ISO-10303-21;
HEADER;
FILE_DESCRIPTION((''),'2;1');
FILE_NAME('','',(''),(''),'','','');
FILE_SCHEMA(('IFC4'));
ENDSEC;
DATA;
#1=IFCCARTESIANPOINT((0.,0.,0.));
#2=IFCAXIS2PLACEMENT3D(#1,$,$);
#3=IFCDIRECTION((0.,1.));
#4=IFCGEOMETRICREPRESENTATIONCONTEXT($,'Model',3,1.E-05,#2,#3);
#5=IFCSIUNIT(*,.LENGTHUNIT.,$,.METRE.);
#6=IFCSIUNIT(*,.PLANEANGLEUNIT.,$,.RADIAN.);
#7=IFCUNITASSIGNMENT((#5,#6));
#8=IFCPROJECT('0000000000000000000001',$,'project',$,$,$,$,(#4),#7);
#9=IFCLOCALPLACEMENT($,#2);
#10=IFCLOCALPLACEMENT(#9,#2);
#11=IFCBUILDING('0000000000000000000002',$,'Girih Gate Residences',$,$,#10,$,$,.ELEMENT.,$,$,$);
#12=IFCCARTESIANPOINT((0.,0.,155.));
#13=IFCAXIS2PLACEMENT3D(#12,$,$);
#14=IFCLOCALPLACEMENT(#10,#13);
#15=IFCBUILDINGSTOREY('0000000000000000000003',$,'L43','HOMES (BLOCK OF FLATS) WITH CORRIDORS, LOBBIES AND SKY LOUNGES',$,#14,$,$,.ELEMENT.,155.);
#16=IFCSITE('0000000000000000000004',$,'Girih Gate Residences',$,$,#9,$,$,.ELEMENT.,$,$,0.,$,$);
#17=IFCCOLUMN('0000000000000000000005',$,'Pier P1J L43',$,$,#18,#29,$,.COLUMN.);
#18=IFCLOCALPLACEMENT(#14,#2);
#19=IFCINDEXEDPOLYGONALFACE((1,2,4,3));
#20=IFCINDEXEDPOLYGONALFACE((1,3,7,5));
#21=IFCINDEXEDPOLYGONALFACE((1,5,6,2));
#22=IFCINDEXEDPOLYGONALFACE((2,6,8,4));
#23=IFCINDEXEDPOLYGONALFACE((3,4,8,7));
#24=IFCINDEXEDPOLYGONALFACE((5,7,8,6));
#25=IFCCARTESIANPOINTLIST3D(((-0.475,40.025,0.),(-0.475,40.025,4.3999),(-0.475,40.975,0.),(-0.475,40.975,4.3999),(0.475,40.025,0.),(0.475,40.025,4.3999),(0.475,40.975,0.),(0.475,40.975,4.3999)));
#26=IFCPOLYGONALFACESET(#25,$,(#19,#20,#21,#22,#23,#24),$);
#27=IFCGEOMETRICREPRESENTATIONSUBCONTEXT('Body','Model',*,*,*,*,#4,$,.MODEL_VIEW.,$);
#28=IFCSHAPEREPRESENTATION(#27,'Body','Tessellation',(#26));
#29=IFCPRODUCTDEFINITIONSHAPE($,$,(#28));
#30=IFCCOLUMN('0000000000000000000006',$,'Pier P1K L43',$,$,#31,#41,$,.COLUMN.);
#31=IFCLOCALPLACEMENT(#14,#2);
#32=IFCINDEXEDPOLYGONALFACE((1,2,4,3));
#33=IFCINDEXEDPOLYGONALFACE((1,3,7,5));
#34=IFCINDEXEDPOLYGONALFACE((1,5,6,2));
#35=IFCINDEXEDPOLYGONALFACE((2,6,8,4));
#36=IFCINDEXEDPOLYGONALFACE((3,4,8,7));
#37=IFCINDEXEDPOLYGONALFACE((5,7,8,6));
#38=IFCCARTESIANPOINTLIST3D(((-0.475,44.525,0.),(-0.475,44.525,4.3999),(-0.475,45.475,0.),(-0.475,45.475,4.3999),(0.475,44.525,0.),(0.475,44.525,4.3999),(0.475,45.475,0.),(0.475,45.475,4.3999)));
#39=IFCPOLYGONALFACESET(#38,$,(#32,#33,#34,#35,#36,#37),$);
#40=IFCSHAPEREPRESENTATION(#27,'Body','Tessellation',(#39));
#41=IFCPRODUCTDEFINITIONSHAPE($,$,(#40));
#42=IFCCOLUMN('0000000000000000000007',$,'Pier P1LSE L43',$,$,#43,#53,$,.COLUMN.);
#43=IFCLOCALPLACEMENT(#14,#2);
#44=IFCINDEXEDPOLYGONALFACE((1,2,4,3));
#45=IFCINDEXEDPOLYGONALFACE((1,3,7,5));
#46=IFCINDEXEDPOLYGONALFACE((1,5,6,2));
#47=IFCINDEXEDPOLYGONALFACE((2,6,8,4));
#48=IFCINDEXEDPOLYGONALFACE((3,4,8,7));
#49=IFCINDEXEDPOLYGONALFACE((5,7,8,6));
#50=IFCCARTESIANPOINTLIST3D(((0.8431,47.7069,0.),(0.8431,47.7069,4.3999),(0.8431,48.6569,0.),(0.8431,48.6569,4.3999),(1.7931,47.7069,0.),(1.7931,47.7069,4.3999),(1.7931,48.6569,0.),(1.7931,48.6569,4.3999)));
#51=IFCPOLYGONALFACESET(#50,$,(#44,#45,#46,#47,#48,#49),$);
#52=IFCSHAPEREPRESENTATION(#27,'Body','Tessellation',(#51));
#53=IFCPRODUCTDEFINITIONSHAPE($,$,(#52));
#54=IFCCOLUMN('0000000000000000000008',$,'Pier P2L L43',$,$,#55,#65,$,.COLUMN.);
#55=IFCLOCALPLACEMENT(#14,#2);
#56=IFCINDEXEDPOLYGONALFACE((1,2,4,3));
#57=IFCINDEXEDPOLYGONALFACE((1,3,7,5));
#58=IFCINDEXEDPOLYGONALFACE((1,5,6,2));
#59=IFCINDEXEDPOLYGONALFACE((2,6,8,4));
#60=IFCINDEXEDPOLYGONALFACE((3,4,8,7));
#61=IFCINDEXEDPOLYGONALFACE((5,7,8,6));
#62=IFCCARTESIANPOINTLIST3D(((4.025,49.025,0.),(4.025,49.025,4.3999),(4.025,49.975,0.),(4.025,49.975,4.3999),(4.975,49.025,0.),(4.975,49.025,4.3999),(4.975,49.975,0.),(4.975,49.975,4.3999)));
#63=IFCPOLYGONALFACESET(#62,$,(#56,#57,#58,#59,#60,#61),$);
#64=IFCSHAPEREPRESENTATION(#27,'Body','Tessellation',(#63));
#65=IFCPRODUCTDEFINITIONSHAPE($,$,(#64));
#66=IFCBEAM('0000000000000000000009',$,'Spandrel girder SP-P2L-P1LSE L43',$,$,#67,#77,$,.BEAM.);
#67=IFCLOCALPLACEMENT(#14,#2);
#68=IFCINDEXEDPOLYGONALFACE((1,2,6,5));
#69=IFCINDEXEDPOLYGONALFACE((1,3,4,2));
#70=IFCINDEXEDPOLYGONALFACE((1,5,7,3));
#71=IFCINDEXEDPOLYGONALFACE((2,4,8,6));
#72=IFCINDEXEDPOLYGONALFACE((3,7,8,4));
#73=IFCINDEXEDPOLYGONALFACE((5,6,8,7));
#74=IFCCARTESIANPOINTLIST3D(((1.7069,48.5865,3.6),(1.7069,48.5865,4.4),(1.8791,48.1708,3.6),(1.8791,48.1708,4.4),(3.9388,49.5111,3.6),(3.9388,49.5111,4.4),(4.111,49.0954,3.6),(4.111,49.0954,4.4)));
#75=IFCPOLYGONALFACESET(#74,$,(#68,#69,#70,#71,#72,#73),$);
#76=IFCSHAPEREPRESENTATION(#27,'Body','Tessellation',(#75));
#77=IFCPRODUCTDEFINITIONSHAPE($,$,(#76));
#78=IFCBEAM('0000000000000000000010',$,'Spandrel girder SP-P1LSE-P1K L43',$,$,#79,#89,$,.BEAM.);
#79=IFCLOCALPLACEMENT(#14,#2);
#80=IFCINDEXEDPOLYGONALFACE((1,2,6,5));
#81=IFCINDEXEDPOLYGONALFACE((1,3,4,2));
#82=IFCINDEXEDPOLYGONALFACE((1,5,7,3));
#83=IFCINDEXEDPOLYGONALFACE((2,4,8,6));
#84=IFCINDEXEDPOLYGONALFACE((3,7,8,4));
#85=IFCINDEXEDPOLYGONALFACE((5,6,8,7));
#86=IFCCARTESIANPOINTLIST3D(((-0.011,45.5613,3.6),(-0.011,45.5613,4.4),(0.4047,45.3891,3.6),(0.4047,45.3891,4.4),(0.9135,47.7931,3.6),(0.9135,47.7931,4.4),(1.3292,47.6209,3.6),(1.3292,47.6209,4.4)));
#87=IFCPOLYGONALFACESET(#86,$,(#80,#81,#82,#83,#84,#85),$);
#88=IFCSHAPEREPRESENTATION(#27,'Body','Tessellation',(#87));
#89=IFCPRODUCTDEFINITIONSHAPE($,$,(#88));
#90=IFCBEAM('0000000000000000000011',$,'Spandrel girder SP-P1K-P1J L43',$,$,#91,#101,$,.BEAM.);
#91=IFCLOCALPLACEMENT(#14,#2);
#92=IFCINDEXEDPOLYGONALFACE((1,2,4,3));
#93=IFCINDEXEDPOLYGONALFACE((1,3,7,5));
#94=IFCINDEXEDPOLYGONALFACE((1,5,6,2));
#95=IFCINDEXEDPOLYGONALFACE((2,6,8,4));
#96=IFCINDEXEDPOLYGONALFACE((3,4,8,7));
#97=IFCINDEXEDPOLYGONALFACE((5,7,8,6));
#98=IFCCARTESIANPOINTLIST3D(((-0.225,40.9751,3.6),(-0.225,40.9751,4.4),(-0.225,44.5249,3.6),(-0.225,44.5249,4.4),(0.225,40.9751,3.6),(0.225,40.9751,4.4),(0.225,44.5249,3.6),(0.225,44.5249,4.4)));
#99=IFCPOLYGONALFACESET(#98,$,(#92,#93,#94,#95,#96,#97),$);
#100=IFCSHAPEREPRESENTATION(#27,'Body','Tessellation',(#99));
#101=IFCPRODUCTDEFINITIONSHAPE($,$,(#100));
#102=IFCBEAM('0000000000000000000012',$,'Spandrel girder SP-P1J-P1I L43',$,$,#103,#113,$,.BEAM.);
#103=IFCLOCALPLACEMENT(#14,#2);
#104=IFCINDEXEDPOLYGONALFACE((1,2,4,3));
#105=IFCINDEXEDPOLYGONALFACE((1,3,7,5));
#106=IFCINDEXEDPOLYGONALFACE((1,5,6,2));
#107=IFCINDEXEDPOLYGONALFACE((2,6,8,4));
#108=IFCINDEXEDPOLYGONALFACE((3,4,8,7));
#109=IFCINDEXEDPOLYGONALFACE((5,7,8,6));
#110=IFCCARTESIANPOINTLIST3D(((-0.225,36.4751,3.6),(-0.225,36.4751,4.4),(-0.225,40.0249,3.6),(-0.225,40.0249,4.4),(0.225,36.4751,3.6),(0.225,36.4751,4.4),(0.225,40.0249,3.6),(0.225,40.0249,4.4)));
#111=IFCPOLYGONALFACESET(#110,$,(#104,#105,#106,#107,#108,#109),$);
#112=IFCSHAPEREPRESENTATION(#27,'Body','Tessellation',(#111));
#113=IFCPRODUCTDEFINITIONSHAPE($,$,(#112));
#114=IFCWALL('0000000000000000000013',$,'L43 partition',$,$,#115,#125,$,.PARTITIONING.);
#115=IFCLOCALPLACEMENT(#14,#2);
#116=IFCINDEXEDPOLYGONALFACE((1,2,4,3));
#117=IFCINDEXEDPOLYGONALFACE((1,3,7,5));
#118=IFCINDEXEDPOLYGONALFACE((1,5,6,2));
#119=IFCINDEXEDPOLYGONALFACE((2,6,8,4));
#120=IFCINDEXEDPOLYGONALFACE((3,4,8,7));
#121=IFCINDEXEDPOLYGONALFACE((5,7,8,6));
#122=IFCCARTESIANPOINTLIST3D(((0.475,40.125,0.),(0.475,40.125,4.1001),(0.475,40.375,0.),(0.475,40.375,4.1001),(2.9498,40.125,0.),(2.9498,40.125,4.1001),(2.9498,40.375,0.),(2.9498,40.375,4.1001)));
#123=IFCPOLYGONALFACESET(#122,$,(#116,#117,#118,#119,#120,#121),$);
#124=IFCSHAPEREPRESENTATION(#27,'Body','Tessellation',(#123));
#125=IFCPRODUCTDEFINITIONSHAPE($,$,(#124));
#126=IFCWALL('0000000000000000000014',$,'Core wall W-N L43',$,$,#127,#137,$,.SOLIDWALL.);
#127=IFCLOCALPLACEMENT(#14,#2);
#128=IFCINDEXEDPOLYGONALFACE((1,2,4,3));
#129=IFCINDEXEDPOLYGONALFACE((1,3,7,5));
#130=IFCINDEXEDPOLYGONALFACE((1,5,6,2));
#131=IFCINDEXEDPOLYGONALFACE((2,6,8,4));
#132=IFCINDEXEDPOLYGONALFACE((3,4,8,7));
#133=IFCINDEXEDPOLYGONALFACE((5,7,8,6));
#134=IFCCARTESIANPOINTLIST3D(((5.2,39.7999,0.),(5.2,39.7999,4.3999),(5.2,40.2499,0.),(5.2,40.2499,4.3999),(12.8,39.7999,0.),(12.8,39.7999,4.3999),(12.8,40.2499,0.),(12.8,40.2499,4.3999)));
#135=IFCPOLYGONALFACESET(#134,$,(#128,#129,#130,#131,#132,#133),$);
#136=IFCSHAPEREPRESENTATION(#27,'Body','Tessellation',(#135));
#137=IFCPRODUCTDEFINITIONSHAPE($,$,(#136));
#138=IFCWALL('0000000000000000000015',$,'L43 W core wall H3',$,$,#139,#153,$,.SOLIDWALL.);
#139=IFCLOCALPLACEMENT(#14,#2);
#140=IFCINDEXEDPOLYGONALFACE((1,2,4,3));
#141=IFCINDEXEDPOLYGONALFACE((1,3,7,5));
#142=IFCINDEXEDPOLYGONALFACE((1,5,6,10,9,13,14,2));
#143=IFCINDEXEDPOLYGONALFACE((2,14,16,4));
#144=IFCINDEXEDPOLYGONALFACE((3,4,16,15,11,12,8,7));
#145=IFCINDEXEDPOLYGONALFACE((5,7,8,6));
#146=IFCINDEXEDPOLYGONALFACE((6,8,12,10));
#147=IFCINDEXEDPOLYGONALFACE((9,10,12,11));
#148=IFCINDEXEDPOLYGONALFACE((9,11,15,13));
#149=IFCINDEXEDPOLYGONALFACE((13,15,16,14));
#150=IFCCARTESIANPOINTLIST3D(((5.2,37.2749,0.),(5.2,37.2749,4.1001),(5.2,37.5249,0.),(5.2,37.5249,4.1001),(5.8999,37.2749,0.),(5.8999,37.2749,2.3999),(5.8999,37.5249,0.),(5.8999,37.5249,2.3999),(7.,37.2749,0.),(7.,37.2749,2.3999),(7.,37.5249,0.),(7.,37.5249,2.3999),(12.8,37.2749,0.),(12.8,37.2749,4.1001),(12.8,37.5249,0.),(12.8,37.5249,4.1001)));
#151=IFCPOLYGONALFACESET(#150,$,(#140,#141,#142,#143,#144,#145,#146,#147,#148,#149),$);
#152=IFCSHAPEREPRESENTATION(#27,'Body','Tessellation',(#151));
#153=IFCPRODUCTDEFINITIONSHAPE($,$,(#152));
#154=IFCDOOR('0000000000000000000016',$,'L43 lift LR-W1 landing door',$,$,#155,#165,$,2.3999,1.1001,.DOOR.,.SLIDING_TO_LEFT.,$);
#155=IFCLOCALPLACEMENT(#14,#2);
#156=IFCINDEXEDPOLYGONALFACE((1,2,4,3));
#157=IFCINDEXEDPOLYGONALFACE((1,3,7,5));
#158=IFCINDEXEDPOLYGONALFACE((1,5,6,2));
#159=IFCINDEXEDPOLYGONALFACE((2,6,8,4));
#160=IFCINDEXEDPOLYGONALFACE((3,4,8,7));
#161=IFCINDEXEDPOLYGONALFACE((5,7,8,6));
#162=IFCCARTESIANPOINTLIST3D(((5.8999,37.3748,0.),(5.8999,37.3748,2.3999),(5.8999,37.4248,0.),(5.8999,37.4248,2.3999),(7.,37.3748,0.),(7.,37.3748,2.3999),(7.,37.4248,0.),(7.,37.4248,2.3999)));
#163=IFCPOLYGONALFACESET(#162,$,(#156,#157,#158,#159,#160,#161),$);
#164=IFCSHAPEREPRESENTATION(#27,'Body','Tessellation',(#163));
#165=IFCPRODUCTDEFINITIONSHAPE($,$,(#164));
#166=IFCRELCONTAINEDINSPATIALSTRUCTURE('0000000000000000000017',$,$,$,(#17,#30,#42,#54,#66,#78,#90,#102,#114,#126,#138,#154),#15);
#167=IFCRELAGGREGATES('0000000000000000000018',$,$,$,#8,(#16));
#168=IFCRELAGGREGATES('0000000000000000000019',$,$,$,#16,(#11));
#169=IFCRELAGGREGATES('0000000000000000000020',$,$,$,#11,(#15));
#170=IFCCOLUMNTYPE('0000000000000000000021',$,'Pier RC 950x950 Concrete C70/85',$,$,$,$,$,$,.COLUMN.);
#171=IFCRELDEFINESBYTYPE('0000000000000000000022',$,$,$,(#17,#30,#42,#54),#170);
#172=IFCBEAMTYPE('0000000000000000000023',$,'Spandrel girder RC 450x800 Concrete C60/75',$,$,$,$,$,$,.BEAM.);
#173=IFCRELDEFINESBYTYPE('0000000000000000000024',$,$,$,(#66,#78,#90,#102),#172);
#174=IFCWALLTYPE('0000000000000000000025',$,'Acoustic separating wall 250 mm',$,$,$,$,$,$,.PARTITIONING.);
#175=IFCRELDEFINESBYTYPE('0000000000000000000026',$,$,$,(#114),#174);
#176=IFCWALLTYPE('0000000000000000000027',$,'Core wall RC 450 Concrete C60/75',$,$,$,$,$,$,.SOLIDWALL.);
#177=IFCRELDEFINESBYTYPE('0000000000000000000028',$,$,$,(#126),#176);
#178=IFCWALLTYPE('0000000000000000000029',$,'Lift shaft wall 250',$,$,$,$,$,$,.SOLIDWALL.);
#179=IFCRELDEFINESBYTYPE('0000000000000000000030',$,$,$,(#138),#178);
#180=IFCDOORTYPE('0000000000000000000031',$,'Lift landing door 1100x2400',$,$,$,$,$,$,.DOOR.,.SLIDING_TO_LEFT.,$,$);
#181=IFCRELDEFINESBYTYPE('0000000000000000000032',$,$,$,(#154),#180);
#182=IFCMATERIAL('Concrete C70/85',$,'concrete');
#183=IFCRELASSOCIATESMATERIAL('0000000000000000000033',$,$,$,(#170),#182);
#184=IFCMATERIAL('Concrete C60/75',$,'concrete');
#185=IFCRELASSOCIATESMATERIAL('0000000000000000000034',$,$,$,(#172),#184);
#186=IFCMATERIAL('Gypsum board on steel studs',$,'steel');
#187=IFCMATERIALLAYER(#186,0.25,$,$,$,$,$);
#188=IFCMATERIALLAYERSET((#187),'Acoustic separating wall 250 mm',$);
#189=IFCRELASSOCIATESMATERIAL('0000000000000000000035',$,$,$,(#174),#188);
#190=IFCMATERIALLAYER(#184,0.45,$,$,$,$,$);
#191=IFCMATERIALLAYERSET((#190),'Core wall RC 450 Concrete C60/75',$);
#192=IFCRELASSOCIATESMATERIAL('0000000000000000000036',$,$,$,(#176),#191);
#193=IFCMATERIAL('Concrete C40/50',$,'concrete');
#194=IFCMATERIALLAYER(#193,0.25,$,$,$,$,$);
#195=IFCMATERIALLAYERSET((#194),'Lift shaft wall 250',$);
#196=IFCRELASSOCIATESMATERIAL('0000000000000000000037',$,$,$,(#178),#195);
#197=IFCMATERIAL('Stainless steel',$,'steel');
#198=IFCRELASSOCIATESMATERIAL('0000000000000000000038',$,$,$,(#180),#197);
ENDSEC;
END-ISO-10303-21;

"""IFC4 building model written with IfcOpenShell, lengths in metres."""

from ifc_helpers import new_model, si_unit, direction, frame, frame_2d, origin, origin_2d, place, context, subcontext, project, spatial, rectangle, extrude, material, layer, layer_set, material_profile, profile_set, type_object, element, fill, save


model = new_model("IFC4")

# Units and contexts
model_context = context("Model", 3, precision=1e-05, world=origin(), true_north=direction((0.0, 1.0)))
body_context = subcontext(model_context, "Body", "Model", "MODEL_VIEW")
ifc_project = project(units=[si_unit("LENGTHUNIT", "METRE"), si_unit("PLANEANGLEUNIT", "RADIAN")], contexts=[model_context])

# Site, building, storey
site_placement = place(None, origin())
site = spatial("IfcSite", under=ifc_project, at=site_placement, Name="Girih Gate Residences", CompositionType="ELEMENT", RefElevation=0.0)
building_placement = place(site_placement, origin())
building = spatial("IfcBuilding", under=site, at=building_placement, Name="Girih Gate Residences", CompositionType="ELEMENT")
storey_placement = place(building_placement, frame((0.0, 0.0, 155.0)))
storey = spatial("IfcBuildingStorey", under=building, at=storey_placement, Name="L43", Description="HOMES (BLOCK OF FLATS) WITH CORRIDORS, LOBBIES AND SKY LOUNGES", CompositionType="ELEMENT", Elevation=155.0)

# Columns
ifc_material_1 = material(Name="Concrete C70/85", Category="concrete")
ifc_material_profile_1 = material_profile(ifc_material_1, rectangle(XDim=0.95, YDim=0.95, at=origin_2d()))
ifc_profile_set_1 = profile_set([ifc_material_profile_1], Name="Concrete C70/85")
column_type = type_object("IfcColumnType", Name="Pier RC 950x950 Concrete C70/85", PredefinedType="COLUMN", material=ifc_profile_set_1)
for number, where, z_axis, x_axis, name in (
    (1, (0.0, 40.5, 0.0), (0.0, 0.0, 1.0), (1.0, 0.0, 0.0), "Pier P1J L43"),
    (2, (0.0, 45.0, 0.0), (0.0, 0.0, 1.0), (1.0, 0.0, 0.0), "Pier P1K L43"),
    (3, (1.3181, 48.1819, 0.0), (0.0, 0.0, 1.0), (1.0, 0.0, 0.0), "Pier P1LSE L43"),
    (4, (4.5, 49.5, 0.0), (0.0, 0.0, 1.0), (1.0, 0.0, 0.0), "Pier P2L L43"),
):
    element("IfcColumn", number, at=place(storey_placement, frame(where, z_axis=z_axis, x_axis=x_axis)), inside=storey, type_object=column_type, Name=name, PredefinedType="COLUMN", context=body_context, shape_type="SweptSolid", body=[
        extrude(rectangle(XDim=0.95, YDim=0.95, at=origin_2d()), origin(), (0.0, 0.0, 1.0), 4.3999),
    ])

# Beams
ifc_material_2 = material(Name="Concrete C60/75", Category="concrete")
ifc_material_profile_2 = material_profile(ifc_material_2, rectangle(XDim=0.45, YDim=0.8, at=origin_2d()))
ifc_profile_set_2 = profile_set([ifc_material_profile_2], Name="Concrete C60/75")
beam_type = type_object("IfcBeamType", Name="Spandrel girder RC 450x800 Concrete C60/75", PredefinedType="BEAM", material=ifc_profile_set_2)
for number, where, z_axis, x_axis, name in (
    (5, (4.0249, 49.3032, 4.0), (-0.92387, -0.382706, 0.0), (0.382706, -0.92387, 0.0), "Spandrel girder SP-P2L-P1LSE L43"),
    (6, (1.1213, 47.707, 4.0), (-0.382706, -0.92387, 0.0), (0.92387, -0.382706, 0.0), "Spandrel girder SP-P1LSE-P1K L43"),
):
    element("IfcBeam", number, at=place(storey_placement, frame(where, z_axis=z_axis, x_axis=x_axis)), inside=storey, type_object=beam_type, Name=name, PredefinedType="BEAM", context=body_context, shape_type="SweptSolid", body=[
        extrude(rectangle(XDim=0.45, YDim=0.8, at=origin_2d()), origin(), (0.0, 0.0, 1.0), 2.4158),
    ])
for number, where, z_axis, x_axis, name in (
    (7, (0.0, 44.5249, 4.0), (0.0, -1.0, 0.0), (1.0, 0.0, 0.0), "Spandrel girder SP-P1K-P1J L43"),
    (8, (0.0, 40.0249, 4.0), (0.0, -1.0, 0.0), (1.0, 0.0, 0.0), "Spandrel girder SP-P1J-P1I L43"),
):
    element("IfcBeam", number, at=place(storey_placement, frame(where, z_axis=z_axis, x_axis=x_axis)), inside=storey, type_object=beam_type, Name=name, PredefinedType="BEAM", context=body_context, shape_type="SweptSolid", body=[
        extrude(rectangle(XDim=0.45, YDim=0.8, at=origin_2d()), origin(), (0.0, 0.0, 1.0), 3.5498),
    ])

# Wall
ifc_material_3 = material(Name="Gypsum board on steel studs", Category="steel")
ifc_layer_1 = layer(ifc_material_3, 0.25)
ifc_layer_set_1 = layer_set([ifc_layer_1], Name="Acoustic separating wall 250 mm")
wall_type_1 = type_object("IfcWallType", Name="Acoustic separating wall 250 mm", PredefinedType="PARTITIONING", material=ifc_layer_set_1)
wall_1_placement = place(storey_placement, frame((0.4751, 40.25, 0.0), z_axis=(0.0, 0.0, 1.0), x_axis=(1.0, 0.0, 0.0)))
element("IfcWall", 9, at=wall_1_placement, inside=storey, type_object=wall_type_1, Name="L43 partition", PredefinedType="PARTITIONING", context=body_context, shape_type="SweptSolid", body=[
    extrude(rectangle(XDim=2.4749, YDim=0.25, at=frame_2d((1.2373, 0.0))), origin(), (0.0, 0.0, 1.0), 4.1001),
])

# Wall
ifc_layer_2 = layer(ifc_material_2, 0.45)
ifc_layer_set_2 = layer_set([ifc_layer_2], Name="Core wall RC 450 Concrete C60/75")
wall_type_2 = type_object("IfcWallType", Name="Core wall RC 450 Concrete C60/75", PredefinedType="SOLIDWALL", material=ifc_layer_set_2)
wall_2_placement = place(storey_placement, frame((5.2, 40.0249, 0.0), z_axis=(0.0, 0.0, 1.0), x_axis=(1.0, 0.0, 0.0)))
element("IfcWall", 10, at=wall_2_placement, inside=storey, type_object=wall_type_2, Name="Core wall W-N L43", PredefinedType="SOLIDWALL", context=body_context, shape_type="SweptSolid", body=[
    extrude(rectangle(XDim=7.6001, YDim=0.45, at=frame_2d((3.8, 0.0))), origin(), (0.0, 0.0, 1.0), 4.3999),
])

# Wall, opening, door
ifc_material_4 = material(Name="Concrete C40/50", Category="concrete")
ifc_layer_3 = layer(ifc_material_4, 0.25)
ifc_layer_set_3 = layer_set([ifc_layer_3], Name="Lift shaft wall 250")
wall_type_3 = type_object("IfcWallType", Name="Lift shaft wall 250", PredefinedType="SOLIDWALL", material=ifc_layer_set_3)
wall_3_placement = place(storey_placement, frame((5.2, 37.3999, 0.0), z_axis=(0.0, 0.0, 1.0), x_axis=(1.0, 0.0, 0.0)))
wall_3 = element("IfcWall", 11, at=wall_3_placement, inside=storey, type_object=wall_type_3, Name="L43 W core wall H3", PredefinedType="SOLIDWALL", context=body_context, shape_type="SweptSolid", body=[
    extrude(rectangle(XDim=7.6001, YDim=0.25, at=frame_2d((3.8, 0.0))), origin(), (0.0, 0.0, 1.0), 4.1001),
])
opening_1_placement = place(wall_3_placement, frame((0.7, 0.0, 0.0)))
opening_1 = element("IfcOpeningElement", 12, at=opening_1_placement, cuts=wall_3, PredefinedType="OPENING", context=body_context, shape_type="SweptSolid", body=[
    extrude(rectangle(XDim=1.1001, YDim=2.3999, at=frame_2d((0.55, 1.2))), frame((0.0, 0.135, 0.0), z_axis=(0.0, -1.0, 0.0), x_axis=(1.0, 0.0, 0.0)), (0.0, 0.0, 1.0), 0.27),
])
ifc_material_5 = material(Name="Stainless steel", Category="steel")
door_type_1 = type_object("IfcDoorType", Name="Lift landing door 1100x2400", OperationType="SLIDING_TO_LEFT", PredefinedType="DOOR", material=ifc_material_5)
door_1_placement = place(opening_1_placement, origin())
door_1 = element("IfcDoor", 13, at=door_1_placement, inside=storey, type_object=door_type_1, Name="L43 lift LR-W1 landing door", OperationType="SLIDING_TO_LEFT", OverallHeight=2.3999, OverallWidth=1.1001, PredefinedType="DOOR", context=body_context, shape_type="SweptSolid", body=[
    extrude(rectangle(XDim=1.1001, YDim=2.3999, at=frame_2d((0.55, 1.2))), frame((0.0, 0.0249, 0.0), z_axis=(0.0, -1.0, 0.0), x_axis=(1.0, 0.0, 0.0)), (0.0, 0.0, 1.0), 0.05),
])
fill(opening_1, door_1)

save(model, "model.ifc")
